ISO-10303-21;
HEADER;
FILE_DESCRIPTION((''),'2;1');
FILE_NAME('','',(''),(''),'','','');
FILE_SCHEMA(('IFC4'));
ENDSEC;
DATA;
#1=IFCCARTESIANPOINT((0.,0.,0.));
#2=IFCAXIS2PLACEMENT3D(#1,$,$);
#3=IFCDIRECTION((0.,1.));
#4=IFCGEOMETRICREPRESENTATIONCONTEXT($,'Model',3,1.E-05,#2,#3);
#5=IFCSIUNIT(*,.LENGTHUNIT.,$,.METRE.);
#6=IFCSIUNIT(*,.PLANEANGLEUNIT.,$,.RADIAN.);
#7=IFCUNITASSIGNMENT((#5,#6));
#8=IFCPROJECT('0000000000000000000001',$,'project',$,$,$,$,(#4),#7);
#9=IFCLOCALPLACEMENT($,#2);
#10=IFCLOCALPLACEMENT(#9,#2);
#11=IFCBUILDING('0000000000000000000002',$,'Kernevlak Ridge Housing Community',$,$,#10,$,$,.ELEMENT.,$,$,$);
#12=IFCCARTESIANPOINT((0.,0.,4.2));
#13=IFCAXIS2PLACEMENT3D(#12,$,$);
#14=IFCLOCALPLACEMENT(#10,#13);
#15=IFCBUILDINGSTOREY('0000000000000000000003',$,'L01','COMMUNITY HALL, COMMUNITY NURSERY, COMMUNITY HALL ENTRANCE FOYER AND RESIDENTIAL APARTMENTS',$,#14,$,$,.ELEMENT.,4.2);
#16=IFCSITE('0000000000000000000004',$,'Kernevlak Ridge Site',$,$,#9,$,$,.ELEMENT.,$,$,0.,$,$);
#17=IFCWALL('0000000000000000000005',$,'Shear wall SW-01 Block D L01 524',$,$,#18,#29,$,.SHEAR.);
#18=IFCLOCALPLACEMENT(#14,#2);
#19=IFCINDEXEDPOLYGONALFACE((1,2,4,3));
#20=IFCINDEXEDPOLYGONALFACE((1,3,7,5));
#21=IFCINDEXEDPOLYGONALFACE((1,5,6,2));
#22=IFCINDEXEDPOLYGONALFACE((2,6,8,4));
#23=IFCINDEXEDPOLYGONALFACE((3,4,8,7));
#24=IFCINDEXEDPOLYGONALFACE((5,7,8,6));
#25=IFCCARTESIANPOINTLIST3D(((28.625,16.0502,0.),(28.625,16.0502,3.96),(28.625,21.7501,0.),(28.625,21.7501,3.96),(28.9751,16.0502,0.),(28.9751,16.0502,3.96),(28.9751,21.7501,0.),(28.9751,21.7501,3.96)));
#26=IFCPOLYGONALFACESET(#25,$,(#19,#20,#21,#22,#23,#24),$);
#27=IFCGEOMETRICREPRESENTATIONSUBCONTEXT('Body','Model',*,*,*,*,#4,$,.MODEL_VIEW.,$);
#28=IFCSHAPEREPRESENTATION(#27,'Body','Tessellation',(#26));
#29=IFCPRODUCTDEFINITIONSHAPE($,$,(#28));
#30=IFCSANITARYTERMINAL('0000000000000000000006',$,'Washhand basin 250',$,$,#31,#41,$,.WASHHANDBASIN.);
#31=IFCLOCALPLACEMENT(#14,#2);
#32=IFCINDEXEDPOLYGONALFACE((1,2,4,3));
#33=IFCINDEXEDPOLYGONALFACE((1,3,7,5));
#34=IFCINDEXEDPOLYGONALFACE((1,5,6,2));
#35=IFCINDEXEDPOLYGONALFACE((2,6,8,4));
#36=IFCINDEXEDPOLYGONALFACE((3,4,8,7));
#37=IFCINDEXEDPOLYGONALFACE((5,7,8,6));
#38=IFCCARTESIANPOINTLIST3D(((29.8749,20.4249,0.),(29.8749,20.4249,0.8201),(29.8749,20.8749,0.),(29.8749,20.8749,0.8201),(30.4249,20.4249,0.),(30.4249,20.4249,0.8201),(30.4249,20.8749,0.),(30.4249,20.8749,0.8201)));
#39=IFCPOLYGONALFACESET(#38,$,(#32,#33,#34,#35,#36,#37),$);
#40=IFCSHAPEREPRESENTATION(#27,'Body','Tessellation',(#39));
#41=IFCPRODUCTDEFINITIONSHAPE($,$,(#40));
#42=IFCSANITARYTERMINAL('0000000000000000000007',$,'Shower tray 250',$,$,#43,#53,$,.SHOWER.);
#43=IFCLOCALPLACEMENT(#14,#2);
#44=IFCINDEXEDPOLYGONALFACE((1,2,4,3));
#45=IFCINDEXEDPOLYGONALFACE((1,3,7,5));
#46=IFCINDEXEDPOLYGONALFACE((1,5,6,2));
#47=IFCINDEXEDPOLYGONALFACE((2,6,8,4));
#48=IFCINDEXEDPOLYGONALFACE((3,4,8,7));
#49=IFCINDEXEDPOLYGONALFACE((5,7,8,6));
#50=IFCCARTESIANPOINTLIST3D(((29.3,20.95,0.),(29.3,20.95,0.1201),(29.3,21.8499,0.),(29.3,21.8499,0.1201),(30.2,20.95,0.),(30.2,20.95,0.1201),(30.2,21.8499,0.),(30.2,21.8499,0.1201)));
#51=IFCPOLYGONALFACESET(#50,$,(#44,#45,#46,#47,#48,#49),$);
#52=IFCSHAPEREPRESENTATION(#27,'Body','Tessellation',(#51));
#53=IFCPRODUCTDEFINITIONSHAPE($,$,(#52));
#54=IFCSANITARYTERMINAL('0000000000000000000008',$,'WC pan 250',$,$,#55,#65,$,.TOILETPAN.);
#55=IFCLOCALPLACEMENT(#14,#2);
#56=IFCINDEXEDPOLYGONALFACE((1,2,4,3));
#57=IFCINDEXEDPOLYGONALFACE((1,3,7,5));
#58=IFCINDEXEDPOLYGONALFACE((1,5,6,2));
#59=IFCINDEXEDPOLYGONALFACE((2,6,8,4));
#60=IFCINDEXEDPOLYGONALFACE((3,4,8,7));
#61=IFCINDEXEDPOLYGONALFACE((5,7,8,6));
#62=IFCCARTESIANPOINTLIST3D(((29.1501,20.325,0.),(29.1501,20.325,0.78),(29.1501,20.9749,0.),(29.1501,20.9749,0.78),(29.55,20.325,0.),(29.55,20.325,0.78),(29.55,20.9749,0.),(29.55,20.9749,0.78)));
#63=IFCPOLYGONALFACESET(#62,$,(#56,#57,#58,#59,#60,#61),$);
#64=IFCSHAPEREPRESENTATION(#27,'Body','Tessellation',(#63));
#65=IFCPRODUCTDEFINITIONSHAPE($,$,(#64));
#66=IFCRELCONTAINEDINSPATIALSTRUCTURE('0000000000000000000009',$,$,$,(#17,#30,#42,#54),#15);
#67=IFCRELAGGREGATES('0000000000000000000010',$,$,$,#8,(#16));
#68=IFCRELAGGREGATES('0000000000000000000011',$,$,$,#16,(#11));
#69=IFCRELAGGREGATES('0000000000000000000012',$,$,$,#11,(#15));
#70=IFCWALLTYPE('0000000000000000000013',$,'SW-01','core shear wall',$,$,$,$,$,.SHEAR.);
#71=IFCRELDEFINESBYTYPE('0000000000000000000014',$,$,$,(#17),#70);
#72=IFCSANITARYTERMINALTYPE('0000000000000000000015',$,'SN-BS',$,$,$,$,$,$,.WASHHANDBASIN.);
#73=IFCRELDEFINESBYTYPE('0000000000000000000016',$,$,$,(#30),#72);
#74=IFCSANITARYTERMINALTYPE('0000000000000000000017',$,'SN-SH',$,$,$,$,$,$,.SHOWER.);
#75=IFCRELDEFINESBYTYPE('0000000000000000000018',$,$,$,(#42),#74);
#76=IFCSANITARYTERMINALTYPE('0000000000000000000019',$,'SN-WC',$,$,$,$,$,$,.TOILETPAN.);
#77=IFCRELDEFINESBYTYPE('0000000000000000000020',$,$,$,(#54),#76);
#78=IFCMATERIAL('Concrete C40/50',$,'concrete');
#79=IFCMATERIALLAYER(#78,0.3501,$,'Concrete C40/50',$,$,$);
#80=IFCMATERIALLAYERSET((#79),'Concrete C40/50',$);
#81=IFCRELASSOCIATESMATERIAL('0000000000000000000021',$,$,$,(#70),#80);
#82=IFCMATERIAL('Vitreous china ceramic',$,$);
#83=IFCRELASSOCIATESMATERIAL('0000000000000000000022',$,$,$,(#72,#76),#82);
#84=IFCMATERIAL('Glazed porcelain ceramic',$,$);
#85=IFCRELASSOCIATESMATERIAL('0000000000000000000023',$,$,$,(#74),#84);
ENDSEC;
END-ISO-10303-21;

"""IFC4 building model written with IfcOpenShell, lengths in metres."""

from ifc_helpers import new_model, si_unit, direction, frame, frame_2d, origin, origin_2d, place, context, subcontext, project, spatial, rectangle, extrude, material, layer, layer_set, type_object, element, save


model = new_model("IFC4")

# Units and contexts
model_context = context("Model", 3, precision=1e-05, world=origin(), true_north=direction((0.0, 1.0)))
body_context = subcontext(model_context, "Body", "Model", "MODEL_VIEW")
ifc_project = project(units=[si_unit("LENGTHUNIT", "METRE"), si_unit("PLANEANGLEUNIT", "RADIAN")], contexts=[model_context])

# Site, building, storey
site_placement = place(None, origin())
site = spatial("IfcSite", under=ifc_project, at=site_placement, Name="Kernevlak Ridge Site", CompositionType="ELEMENT", RefElevation=0.0)
building_placement = place(site_placement, origin())
building = spatial("IfcBuilding", under=site, at=building_placement, Name="Kernevlak Ridge Housing Community", CompositionType="ELEMENT")
storey_placement = place(building_placement, frame((0.0, 0.0, 4.2)))
storey = spatial("IfcBuildingStorey", under=building, at=storey_placement, Name="L01", Description="COMMUNITY HALL, COMMUNITY NURSERY, COMMUNITY HALL ENTRANCE FOYER AND RESIDENTIAL APARTMENTS", CompositionType="ELEMENT", Elevation=4.2)

# Wall
ifc_material_1 = material(Name="Concrete C40/50", Category="concrete")
ifc_layer_1 = layer(ifc_material_1, 0.3501, Name="Concrete C40/50")
ifc_layer_set_1 = layer_set([ifc_layer_1], Name="Concrete C40/50")
wall_type_1 = type_object("IfcWallType", Name="SW-01", Description="core shear wall", PredefinedType="SHEAR", material=ifc_layer_set_1)
wall_1_placement = place(storey_placement, frame((28.8, 16.05, 0.0), z_axis=(0.0, 0.0, 1.0), x_axis=(0.0, 1.0, 0.0)))
element("IfcWall", 1, at=wall_1_placement, inside=storey, type_object=wall_type_1, Name="Shear wall SW-01 Block D L01 524", PredefinedType="SHEAR", context=body_context, shape_type="SweptSolid", body=[
    extrude(rectangle(XDim=5.7, YDim=0.3501, at=frame_2d((2.8501, 0.0))), origin(), (0.0, 0.0, 1.0), 3.96),
])

# Sanitary terminals
ifc_material_2 = material(Name="Vitreous china ceramic")
sanitary_terminal_type_1 = type_object("IfcSanitaryTerminalType", Name="SN-BS", PredefinedType="WASHHANDBASIN", material=ifc_material_2)
sanitary_terminal_1_placement = place(storey_placement, frame((30.1499, 20.6499, 0.0), z_axis=(0.0, 0.0, 1.0), x_axis=(1.0, 0.0, 0.0)))
element("IfcSanitaryTerminal", 2, at=sanitary_terminal_1_placement, inside=storey, type_object=sanitary_terminal_type_1, Name="Washhand basin 250", PredefinedType="WASHHANDBASIN", context=body_context, shape_type="SweptSolid", body=[
    extrude(rectangle(XDim=0.55, YDim=0.45, at=origin_2d()), origin(), (0.0, 0.0, 1.0), 0.8201),
])
ifc_material_3 = material(Name="Glazed porcelain ceramic")
sanitary_terminal_type_2 = type_object("IfcSanitaryTerminalType", Name="SN-SH", PredefinedType="SHOWER", material=ifc_material_3)
sanitary_terminal_2_placement = place(storey_placement, frame((29.75, 21.3999, 0.0), z_axis=(0.0, 0.0, 1.0), x_axis=(1.0, 0.0, 0.0)))
element("IfcSanitaryTerminal", 3, at=sanitary_terminal_2_placement, inside=storey, type_object=sanitary_terminal_type_2, Name="Shower tray 250", PredefinedType="SHOWER", context=body_context, shape_type="SweptSolid", body=[
    extrude(rectangle(XDim=0.8999, YDim=0.8999, at=origin_2d()), origin(), (0.0, 0.0, 1.0), 0.1201),
])
sanitary_terminal_type_3 = type_object("IfcSanitaryTerminalType", Name="SN-WC", PredefinedType="TOILETPAN", material=ifc_material_2)
sanitary_terminal_3_placement = place(storey_placement, frame((29.3501, 20.6499, 0.0), z_axis=(0.0, 0.0, 1.0), x_axis=(1.0, 0.0, 0.0)))
element("IfcSanitaryTerminal", 4, at=sanitary_terminal_3_placement, inside=storey, type_object=sanitary_terminal_type_3, Name="WC pan 250", PredefinedType="TOILETPAN", context=body_context, shape_type="SweptSolid", body=[
    extrude(rectangle(XDim=0.3999, YDim=0.6499, at=origin_2d()), origin(), (0.0, 0.0, 1.0), 0.78),
])

save(model, "model.ifc")
